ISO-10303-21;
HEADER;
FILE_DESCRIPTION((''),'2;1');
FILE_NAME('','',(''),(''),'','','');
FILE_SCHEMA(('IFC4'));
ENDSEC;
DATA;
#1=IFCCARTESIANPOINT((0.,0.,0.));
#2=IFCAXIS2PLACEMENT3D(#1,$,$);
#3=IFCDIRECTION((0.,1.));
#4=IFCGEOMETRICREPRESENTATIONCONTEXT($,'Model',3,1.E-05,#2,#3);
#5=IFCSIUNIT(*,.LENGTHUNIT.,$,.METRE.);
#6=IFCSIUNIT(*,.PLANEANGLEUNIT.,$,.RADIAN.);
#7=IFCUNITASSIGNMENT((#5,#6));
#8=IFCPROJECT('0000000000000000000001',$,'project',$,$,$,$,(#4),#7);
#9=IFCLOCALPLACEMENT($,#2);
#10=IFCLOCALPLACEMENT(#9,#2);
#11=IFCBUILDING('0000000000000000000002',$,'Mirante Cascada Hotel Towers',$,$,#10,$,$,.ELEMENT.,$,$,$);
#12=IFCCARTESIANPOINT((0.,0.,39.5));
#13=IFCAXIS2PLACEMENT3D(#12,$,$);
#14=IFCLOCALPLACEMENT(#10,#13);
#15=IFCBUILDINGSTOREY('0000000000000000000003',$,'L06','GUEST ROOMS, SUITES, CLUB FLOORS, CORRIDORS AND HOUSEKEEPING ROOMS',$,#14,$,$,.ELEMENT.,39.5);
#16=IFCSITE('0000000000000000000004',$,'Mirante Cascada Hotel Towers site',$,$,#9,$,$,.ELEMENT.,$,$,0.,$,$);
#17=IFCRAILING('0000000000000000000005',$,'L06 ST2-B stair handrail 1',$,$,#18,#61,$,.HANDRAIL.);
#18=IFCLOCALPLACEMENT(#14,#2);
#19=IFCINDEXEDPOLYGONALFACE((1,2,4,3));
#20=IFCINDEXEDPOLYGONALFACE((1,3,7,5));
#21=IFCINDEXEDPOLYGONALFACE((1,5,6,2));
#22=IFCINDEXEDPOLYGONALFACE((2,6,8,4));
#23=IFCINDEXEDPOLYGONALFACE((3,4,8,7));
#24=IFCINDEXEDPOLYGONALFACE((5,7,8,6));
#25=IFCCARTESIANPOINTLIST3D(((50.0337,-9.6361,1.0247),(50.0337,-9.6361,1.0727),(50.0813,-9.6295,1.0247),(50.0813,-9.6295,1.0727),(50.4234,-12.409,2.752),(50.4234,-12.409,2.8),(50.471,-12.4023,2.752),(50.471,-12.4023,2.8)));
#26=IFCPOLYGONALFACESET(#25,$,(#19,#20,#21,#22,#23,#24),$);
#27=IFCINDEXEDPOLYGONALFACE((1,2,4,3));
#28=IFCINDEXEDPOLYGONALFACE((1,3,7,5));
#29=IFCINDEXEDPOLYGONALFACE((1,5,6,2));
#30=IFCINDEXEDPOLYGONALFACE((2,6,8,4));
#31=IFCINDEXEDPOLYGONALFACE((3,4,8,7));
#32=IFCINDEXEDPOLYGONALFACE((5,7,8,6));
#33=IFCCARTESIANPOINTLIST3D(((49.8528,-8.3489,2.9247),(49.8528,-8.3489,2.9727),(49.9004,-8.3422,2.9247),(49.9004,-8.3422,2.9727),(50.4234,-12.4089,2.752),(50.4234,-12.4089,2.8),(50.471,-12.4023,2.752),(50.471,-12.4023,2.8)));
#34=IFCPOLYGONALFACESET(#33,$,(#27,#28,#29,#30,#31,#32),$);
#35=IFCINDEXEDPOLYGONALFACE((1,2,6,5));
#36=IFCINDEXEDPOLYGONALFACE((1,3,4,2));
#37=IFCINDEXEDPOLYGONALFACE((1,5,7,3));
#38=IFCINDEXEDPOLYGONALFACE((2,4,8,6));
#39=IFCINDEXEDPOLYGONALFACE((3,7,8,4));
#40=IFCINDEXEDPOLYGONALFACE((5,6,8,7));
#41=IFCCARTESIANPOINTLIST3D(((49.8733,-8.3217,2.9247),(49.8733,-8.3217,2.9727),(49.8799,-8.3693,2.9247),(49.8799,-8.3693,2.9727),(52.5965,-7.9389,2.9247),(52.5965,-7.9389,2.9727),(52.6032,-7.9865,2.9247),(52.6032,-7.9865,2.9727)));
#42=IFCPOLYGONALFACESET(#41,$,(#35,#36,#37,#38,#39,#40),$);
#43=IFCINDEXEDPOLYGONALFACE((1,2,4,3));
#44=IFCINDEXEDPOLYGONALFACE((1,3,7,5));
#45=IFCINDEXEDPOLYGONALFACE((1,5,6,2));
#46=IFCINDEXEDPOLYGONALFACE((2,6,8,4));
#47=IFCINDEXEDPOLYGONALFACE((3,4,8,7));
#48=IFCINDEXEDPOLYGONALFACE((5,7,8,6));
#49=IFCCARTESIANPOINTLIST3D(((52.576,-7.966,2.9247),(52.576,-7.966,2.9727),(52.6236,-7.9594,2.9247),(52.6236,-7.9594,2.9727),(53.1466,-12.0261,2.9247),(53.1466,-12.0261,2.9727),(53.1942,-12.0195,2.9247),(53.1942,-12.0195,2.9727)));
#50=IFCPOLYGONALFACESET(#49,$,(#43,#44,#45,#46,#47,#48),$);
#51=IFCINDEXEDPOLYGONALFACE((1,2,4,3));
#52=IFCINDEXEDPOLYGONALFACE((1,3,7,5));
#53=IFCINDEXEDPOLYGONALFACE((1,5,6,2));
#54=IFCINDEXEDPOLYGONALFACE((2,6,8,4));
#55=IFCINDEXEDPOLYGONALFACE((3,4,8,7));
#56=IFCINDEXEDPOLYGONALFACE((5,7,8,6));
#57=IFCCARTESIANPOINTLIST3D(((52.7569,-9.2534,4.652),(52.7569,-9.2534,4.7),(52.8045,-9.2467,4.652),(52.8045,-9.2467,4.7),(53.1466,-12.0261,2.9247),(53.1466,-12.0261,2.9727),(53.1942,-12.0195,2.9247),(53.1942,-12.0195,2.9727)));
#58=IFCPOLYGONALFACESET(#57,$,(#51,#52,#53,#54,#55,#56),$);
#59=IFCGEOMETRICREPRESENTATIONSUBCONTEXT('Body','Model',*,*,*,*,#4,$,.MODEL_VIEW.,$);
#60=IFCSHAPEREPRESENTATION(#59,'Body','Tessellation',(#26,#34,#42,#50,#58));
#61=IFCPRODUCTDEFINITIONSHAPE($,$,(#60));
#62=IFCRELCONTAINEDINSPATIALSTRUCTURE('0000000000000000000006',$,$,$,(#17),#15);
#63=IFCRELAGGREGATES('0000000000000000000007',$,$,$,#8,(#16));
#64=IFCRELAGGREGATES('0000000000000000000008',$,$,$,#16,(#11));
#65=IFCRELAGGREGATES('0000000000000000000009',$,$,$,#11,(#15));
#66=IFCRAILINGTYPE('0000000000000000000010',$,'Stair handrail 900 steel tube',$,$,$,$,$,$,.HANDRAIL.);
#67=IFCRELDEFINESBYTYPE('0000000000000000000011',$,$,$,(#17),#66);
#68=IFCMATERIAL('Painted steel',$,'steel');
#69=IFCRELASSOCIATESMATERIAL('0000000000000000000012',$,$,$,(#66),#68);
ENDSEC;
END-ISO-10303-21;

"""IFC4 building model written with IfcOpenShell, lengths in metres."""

from ifc_helpers import new_model, si_unit, direction, frame, origin, origin_2d, place, context, subcontext, project, spatial, rectangle, extrude, material, type_object, element, save


model = new_model("IFC4")

# Units and contexts
model_context = context("Model", 3, precision=1e-05, world=origin(), true_north=direction((0.0, 1.0)))
body_context = subcontext(model_context, "Body", "Model", "MODEL_VIEW")
ifc_project = project(units=[si_unit("LENGTHUNIT", "METRE"), si_unit("PLANEANGLEUNIT", "RADIAN")], contexts=[model_context])

# Site, building, storey
site_placement = place(None, origin())
site = spatial("IfcSite", under=ifc_project, at=site_placement, Name="Mirante Cascada Hotel Towers site", CompositionType="ELEMENT", RefElevation=0.0)
building_placement = place(site_placement, origin())
building = spatial("IfcBuilding", under=site, at=building_placement, Name="Mirante Cascada Hotel Towers", CompositionType="ELEMENT")
storey_placement = place(building_placement, frame((0.0, 0.0, 39.5)))
storey = spatial("IfcBuildingStorey", under=building, at=storey_placement, Name="L06", Description="GUEST ROOMS, SUITES, CLUB FLOORS, CORRIDORS AND HOUSEKEEPING ROOMS", CompositionType="ELEMENT", Elevation=39.5)

# Railing
ifc_material_1 = material(Name="Painted steel", Category="steel")
railing_type_1 = type_object("IfcRailingType", Name="Stair handrail 900 steel tube", PredefinedType="HANDRAIL", material=ifc_material_1)
railing_1_placement = place(storey_placement, frame((50.0575, -9.6328, 0.1727)))
element("IfcRailing", 1, at=railing_1_placement, inside=storey, type_object=railing_type_1, Name="L06 ST2-B stair handrail 1", PredefinedType="HANDRAIL", context=body_context, shape_type="SweptSolid", body=[
    extrude(rectangle(XDim=0.048, YDim=0.048, at=origin_2d()), frame((0.0, 0.0, 0.876), z_axis=(0.139176, -0.990268, 0.0), x_axis=(0.990268, 0.139176, 0.0)), (0.0, 0.525021, 0.851089), 3.29),
    extrude(rectangle(XDim=0.048, YDim=0.048, at=origin_2d()), frame((0.3897, -2.7728, 2.6033), z_axis=(-0.139171, 0.990268, 0.0), x_axis=(-0.990268, -0.139171, 0.0)), (0.0, 0.042085, 0.999114), 4.1036),
    extrude(rectangle(XDim=0.048, YDim=0.048, at=origin_2d()), frame((-0.1809, 1.2873, 2.776), z_axis=(0.990264, 0.139201, 0.0), x_axis=(-0.139201, 0.990264, 0.0)), (0.0, 0.0, 1.0), 2.75),
    extrude(rectangle(XDim=0.048, YDim=0.048, at=origin_2d()), frame((2.5423, 1.6701, 2.776), z_axis=(0.139171, -0.990268, 0.0), x_axis=(0.990268, 0.139171, 0.0)), (0.0, 0.0, 1.0), 4.1),
    extrude(rectangle(XDim=0.048, YDim=0.048, at=origin_2d()), frame((3.1129, -2.39, 2.776), z_axis=(-0.139181, 0.990267, 0.0), x_axis=(-0.990267, -0.139181, 0.0)), (0.0, 0.525035, 0.851081), 3.2899),
])

save(model, "model.ifc")
